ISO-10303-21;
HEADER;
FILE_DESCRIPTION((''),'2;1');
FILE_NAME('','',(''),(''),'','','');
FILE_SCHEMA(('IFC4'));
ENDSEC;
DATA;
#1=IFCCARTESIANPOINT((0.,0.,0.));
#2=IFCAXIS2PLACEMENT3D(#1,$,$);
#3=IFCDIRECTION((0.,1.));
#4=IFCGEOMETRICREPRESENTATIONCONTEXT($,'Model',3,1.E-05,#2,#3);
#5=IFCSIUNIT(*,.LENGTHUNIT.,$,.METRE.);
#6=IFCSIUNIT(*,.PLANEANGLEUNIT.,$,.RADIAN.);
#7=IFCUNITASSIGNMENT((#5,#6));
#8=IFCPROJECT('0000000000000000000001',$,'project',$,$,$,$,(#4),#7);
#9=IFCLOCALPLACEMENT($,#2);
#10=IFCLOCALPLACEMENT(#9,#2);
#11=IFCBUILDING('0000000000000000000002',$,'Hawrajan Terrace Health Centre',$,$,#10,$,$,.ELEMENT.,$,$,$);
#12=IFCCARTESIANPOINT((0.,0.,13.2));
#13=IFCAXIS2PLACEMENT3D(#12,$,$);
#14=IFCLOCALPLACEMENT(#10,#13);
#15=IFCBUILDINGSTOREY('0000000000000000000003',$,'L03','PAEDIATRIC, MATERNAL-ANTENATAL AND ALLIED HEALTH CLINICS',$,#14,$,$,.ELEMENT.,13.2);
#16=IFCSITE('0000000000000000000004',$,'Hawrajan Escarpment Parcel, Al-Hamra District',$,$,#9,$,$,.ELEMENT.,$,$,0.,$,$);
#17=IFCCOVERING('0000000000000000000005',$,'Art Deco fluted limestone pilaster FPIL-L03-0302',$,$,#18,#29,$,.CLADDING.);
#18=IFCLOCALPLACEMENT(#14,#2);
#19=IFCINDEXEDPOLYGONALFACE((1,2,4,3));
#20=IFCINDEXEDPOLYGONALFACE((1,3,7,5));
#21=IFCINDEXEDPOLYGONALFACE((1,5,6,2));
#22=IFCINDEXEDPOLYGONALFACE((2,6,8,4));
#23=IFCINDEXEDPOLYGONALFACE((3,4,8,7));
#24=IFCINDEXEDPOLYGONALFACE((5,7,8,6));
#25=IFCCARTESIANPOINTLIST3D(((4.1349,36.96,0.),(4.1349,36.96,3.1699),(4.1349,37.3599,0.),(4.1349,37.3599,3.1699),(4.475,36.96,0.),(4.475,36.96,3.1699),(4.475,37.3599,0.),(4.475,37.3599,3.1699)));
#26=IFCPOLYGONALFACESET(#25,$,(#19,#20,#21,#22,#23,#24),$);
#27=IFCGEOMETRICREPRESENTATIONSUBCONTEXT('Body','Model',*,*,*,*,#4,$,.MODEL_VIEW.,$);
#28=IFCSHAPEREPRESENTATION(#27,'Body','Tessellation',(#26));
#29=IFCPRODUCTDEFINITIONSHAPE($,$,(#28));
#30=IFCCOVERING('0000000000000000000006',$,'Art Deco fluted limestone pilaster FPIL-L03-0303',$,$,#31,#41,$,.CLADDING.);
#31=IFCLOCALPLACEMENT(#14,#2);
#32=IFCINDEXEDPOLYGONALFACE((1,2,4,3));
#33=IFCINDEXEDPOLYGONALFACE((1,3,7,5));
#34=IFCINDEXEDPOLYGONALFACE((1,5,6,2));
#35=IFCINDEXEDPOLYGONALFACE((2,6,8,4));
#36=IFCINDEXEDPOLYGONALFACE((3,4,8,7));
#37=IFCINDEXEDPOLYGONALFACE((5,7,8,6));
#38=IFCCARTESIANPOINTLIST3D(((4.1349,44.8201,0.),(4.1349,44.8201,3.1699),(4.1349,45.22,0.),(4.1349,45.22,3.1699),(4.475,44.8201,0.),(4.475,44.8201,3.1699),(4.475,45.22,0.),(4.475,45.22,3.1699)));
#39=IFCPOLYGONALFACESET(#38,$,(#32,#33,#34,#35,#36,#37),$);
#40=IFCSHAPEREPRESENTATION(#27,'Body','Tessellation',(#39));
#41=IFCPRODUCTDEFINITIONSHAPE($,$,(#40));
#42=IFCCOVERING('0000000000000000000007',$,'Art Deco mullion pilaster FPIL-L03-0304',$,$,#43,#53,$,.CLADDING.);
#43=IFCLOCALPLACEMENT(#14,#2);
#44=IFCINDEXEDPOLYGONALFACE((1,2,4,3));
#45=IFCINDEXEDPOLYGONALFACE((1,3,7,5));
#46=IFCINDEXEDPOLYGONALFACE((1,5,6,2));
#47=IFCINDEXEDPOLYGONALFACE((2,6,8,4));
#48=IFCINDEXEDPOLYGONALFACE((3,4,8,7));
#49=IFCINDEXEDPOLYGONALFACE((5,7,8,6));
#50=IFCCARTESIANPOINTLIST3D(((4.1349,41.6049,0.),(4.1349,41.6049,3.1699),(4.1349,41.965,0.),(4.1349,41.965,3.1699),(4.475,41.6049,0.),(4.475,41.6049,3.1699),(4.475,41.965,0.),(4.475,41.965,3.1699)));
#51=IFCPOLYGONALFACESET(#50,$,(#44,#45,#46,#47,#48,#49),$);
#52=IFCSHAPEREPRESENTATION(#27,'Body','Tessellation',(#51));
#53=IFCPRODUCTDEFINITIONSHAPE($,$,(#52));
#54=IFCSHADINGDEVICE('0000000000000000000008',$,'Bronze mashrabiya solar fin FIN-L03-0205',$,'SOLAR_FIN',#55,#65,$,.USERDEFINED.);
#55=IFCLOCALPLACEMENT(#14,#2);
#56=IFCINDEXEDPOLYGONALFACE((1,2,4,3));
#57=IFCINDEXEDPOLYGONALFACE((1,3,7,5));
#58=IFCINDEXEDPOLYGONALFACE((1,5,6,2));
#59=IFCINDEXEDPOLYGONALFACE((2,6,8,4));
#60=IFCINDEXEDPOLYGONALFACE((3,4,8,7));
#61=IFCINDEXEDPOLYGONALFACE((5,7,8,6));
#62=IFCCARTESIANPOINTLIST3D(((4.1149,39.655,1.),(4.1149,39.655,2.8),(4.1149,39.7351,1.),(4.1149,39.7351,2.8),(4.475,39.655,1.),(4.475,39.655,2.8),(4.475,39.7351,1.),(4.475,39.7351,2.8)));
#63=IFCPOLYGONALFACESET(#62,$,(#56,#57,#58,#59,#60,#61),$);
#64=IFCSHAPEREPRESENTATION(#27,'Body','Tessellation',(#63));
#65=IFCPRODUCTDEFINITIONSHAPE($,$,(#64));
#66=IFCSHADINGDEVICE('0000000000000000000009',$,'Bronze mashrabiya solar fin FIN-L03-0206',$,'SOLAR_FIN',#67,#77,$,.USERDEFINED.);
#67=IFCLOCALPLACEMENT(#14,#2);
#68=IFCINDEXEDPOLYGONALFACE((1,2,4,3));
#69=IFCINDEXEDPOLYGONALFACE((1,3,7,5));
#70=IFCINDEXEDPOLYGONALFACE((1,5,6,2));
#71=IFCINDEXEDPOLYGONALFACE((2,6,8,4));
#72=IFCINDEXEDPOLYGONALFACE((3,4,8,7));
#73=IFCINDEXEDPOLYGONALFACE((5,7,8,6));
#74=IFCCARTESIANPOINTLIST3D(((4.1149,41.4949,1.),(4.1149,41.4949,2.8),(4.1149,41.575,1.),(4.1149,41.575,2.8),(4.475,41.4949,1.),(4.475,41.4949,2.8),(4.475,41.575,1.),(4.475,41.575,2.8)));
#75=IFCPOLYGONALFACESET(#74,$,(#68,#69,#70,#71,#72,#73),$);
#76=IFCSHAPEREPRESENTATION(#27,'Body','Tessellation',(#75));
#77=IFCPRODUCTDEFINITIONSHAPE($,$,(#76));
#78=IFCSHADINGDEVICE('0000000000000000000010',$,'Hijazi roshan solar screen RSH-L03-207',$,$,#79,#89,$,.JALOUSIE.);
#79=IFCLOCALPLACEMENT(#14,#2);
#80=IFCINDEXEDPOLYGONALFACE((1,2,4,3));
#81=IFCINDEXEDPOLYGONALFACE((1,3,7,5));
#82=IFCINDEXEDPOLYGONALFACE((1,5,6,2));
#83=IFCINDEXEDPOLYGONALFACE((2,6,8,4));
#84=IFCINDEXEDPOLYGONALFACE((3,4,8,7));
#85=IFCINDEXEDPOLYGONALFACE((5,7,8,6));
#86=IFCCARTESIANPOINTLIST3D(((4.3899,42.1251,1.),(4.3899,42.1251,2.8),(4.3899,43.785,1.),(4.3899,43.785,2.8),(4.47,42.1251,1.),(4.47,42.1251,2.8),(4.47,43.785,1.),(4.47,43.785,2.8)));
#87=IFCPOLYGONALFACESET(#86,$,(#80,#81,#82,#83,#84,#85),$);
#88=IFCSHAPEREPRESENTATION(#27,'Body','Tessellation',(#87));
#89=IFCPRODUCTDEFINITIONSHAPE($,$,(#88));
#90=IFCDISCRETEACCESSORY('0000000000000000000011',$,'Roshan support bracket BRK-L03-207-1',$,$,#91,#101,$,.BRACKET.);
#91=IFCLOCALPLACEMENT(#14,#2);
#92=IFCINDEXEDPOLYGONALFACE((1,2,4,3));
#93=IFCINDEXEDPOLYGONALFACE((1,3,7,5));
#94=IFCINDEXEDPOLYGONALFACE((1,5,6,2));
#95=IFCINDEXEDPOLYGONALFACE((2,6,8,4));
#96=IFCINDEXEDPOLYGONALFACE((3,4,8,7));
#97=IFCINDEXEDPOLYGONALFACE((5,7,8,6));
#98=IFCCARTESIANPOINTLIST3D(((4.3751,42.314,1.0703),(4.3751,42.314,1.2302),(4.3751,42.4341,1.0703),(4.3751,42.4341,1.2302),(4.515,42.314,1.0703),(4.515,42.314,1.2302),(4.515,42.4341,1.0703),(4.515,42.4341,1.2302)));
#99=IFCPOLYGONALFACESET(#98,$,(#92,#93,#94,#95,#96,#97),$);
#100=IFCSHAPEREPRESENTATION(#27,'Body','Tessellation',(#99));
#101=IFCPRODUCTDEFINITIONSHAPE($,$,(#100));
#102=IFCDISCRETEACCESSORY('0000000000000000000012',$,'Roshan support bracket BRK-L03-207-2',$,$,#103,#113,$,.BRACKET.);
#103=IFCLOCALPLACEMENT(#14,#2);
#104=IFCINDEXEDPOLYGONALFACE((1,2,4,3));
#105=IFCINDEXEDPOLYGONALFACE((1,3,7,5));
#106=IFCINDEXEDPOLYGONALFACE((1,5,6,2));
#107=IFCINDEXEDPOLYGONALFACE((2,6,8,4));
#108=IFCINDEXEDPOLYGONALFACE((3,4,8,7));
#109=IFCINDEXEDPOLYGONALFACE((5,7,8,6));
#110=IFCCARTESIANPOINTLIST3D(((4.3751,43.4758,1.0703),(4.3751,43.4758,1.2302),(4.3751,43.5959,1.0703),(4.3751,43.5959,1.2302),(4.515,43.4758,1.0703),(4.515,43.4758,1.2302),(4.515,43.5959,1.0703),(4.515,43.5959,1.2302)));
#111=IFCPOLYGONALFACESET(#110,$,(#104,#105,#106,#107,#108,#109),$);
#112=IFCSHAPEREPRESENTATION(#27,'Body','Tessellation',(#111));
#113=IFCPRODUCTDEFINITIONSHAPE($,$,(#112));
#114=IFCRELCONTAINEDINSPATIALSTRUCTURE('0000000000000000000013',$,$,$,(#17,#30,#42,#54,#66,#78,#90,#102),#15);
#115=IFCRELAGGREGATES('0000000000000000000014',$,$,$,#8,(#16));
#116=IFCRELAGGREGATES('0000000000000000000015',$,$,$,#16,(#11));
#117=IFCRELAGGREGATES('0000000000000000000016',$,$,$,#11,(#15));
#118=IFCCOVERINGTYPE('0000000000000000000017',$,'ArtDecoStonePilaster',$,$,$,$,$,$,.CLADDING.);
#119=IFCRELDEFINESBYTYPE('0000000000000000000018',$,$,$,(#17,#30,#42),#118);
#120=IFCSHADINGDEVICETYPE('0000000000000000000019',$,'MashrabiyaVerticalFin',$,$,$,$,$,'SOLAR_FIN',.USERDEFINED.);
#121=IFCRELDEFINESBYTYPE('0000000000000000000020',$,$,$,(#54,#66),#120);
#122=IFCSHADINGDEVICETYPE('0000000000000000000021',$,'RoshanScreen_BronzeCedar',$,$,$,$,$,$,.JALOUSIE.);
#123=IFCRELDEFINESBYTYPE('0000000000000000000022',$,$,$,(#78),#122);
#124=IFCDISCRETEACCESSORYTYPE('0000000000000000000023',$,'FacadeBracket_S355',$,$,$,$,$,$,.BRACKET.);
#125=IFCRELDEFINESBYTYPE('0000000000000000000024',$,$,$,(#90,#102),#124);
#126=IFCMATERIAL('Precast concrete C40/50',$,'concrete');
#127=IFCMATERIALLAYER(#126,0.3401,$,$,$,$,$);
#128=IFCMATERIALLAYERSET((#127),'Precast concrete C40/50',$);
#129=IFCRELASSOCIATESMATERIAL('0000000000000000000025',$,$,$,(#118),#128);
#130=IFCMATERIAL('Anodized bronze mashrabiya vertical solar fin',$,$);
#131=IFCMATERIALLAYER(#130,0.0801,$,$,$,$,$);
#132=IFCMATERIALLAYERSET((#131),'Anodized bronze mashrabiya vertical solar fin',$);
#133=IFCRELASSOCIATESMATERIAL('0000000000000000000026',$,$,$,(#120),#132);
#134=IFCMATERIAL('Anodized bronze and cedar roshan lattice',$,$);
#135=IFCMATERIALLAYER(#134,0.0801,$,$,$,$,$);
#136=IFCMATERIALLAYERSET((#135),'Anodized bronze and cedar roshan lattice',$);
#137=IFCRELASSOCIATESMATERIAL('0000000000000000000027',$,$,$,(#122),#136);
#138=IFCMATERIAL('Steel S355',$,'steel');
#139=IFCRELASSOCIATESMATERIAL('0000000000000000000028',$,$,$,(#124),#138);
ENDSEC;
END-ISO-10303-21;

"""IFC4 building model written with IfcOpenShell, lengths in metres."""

from ifc_helpers import new_model, si_unit, direction, frame, origin, origin_2d, place, context, subcontext, project, spatial, rectangle, extrude, material, layer, layer_set, type_object, element, save


model = new_model("IFC4")

# Units and contexts
model_context = context("Model", 3, precision=1e-05, world=origin(), true_north=direction((0.0, 1.0)))
body_context = subcontext(model_context, "Body", "Model", "MODEL_VIEW")
ifc_project = project(units=[si_unit("LENGTHUNIT", "METRE"), si_unit("PLANEANGLEUNIT", "RADIAN")], contexts=[model_context])

# Site, building, storey
site_placement = place(None, origin())
site = spatial("IfcSite", under=ifc_project, at=site_placement, Name="Hawrajan Escarpment Parcel, Al-Hamra District", CompositionType="ELEMENT", RefElevation=0.0)
building_placement = place(site_placement, origin())
building = spatial("IfcBuilding", under=site, at=building_placement, Name="Hawrajan Terrace Health Centre", CompositionType="ELEMENT")
storey_placement = place(building_placement, frame((0.0, 0.0, 13.2)))
storey = spatial("IfcBuildingStorey", under=building, at=storey_placement, Name="L03", Description="PAEDIATRIC, MATERNAL-ANTENATAL AND ALLIED HEALTH CLINICS", CompositionType="ELEMENT", Elevation=13.2)

# Coverings
ifc_material_1 = material(Name="Precast concrete C40/50", Category="concrete")
ifc_layer_1 = layer(ifc_material_1, 0.3401)
ifc_layer_set_1 = layer_set([ifc_layer_1], Name="Precast concrete C40/50")
covering_type_1 = type_object("IfcCoveringType", Name="ArtDecoStonePilaster", PredefinedType="CLADDING", material=ifc_layer_set_1)
for number, where, z_axis, x_axis, name in (
    (1, (4.3049, 37.1599, 0.0), (0.0, 0.0, 1.0), (0.0, 1.0, 0.0), "Art Deco fluted limestone pilaster FPIL-L03-0302"),
    (2, (4.3049, 45.02, 0.0), (0.0, 0.0, 1.0), (0.0, 1.0, 0.0), "Art Deco fluted limestone pilaster FPIL-L03-0303"),
):
    element("IfcCovering", number, at=place(storey_placement, frame(where, z_axis=z_axis, x_axis=x_axis)), inside=storey, type_object=covering_type_1, Name=name, PredefinedType="CLADDING", context=body_context, shape_type="SweptSolid", body=[
        extrude(rectangle(XDim=0.3999, YDim=0.3401, at=origin_2d()), origin(), (0.0, 0.0, 1.0), 3.1699),
    ])
covering_1_placement = place(storey_placement, frame((4.3049, 41.7849, 0.0), z_axis=(0.0, 0.0, 1.0), x_axis=(0.0, 1.0, 0.0)))
element("IfcCovering", 3, at=covering_1_placement, inside=storey, type_object=covering_type_1, Name="Art Deco mullion pilaster FPIL-L03-0304", PredefinedType="CLADDING", context=body_context, shape_type="SweptSolid", body=[
    extrude(rectangle(XDim=0.3601, YDim=0.3401, at=origin_2d()), origin(), (0.0, 0.0, 1.0), 3.1699),
])

# Shading devices
ifc_material_2 = material(Name="Anodized bronze mashrabiya vertical solar fin")
ifc_layer_2 = layer(ifc_material_2, 0.0801)
ifc_layer_set_2 = layer_set([ifc_layer_2], Name="Anodized bronze mashrabiya vertical solar fin")
shading_device_type_1 = type_object("IfcShadingDeviceType", Name="MashrabiyaVerticalFin", ElementType="SOLAR_FIN", PredefinedType="USERDEFINED", material=ifc_layer_set_2)
for number, where, z_axis, x_axis, name in (
    (4, (4.2949, 39.6951, 1.0), (0.0, 0.0, 1.0), (0.0, 1.0, 0.0), "Bronze mashrabiya solar fin FIN-L03-0205"),
    (5, (4.2949, 41.5349, 1.0), (0.0, 0.0, 1.0), (0.0, 1.0, 0.0), "Bronze mashrabiya solar fin FIN-L03-0206"),
):
    element("IfcShadingDevice", number, at=place(storey_placement, frame(where, z_axis=z_axis, x_axis=x_axis)), inside=storey, type_object=shading_device_type_1, Name=name, ObjectType="SOLAR_FIN", PredefinedType="USERDEFINED", context=body_context, shape_type="SweptSolid", body=[
        extrude(rectangle(XDim=0.0801, YDim=0.3601, at=origin_2d()), origin(), (0.0, 0.0, 1.0), 1.8),
    ])
ifc_material_3 = material(Name="Anodized bronze and cedar roshan lattice")
ifc_layer_3 = layer(ifc_material_3, 0.0801)
ifc_layer_set_3 = layer_set([ifc_layer_3], Name="Anodized bronze and cedar roshan lattice")
shading_device_type_2 = type_object("IfcShadingDeviceType", Name="RoshanScreen_BronzeCedar", PredefinedType="JALOUSIE", material=ifc_layer_set_3)
shading_device_placement = place(storey_placement, frame((4.4299, 42.9551, 1.0), z_axis=(0.0, 0.0, 1.0), x_axis=(0.0, 1.0, 0.0)))
element("IfcShadingDevice", 6, at=shading_device_placement, inside=storey, type_object=shading_device_type_2, Name="Hijazi roshan solar screen RSH-L03-207", PredefinedType="JALOUSIE", context=body_context, shape_type="SweptSolid", body=[
    extrude(rectangle(XDim=1.6599, YDim=0.0801, at=origin_2d()), origin(), (0.0, 0.0, 1.0), 1.8),
])

# Discrete accessories
ifc_material_4 = material(Name="Steel S355", Category="steel")
discrete_accessory_type = type_object("IfcDiscreteAccessoryType", Name="FacadeBracket_S355", PredefinedType="BRACKET", material=ifc_material_4)
for number, where, z_axis, x_axis, name in (
    (7, (4.4451, 42.374, 1.0703), (0.0, 0.0, 1.0), (0.0, 1.0, 0.0), "Roshan support bracket BRK-L03-207-1"),
    (8, (4.4451, 43.5359, 1.0703), (0.0, 0.0, 1.0), (0.0, 1.0, 0.0), "Roshan support bracket BRK-L03-207-2"),
):
    element("IfcDiscreteAccessory", number, at=place(storey_placement, frame(where, z_axis=z_axis, x_axis=x_axis)), inside=storey, type_object=discrete_accessory_type, Name=name, PredefinedType="BRACKET", context=body_context, shape_type="SweptSolid", body=[
        extrude(rectangle(XDim=0.1201, YDim=0.1399, at=origin_2d()), origin(), (0.0, 0.0, 1.0), 0.1599),
    ])

save(model, "model.ifc")
